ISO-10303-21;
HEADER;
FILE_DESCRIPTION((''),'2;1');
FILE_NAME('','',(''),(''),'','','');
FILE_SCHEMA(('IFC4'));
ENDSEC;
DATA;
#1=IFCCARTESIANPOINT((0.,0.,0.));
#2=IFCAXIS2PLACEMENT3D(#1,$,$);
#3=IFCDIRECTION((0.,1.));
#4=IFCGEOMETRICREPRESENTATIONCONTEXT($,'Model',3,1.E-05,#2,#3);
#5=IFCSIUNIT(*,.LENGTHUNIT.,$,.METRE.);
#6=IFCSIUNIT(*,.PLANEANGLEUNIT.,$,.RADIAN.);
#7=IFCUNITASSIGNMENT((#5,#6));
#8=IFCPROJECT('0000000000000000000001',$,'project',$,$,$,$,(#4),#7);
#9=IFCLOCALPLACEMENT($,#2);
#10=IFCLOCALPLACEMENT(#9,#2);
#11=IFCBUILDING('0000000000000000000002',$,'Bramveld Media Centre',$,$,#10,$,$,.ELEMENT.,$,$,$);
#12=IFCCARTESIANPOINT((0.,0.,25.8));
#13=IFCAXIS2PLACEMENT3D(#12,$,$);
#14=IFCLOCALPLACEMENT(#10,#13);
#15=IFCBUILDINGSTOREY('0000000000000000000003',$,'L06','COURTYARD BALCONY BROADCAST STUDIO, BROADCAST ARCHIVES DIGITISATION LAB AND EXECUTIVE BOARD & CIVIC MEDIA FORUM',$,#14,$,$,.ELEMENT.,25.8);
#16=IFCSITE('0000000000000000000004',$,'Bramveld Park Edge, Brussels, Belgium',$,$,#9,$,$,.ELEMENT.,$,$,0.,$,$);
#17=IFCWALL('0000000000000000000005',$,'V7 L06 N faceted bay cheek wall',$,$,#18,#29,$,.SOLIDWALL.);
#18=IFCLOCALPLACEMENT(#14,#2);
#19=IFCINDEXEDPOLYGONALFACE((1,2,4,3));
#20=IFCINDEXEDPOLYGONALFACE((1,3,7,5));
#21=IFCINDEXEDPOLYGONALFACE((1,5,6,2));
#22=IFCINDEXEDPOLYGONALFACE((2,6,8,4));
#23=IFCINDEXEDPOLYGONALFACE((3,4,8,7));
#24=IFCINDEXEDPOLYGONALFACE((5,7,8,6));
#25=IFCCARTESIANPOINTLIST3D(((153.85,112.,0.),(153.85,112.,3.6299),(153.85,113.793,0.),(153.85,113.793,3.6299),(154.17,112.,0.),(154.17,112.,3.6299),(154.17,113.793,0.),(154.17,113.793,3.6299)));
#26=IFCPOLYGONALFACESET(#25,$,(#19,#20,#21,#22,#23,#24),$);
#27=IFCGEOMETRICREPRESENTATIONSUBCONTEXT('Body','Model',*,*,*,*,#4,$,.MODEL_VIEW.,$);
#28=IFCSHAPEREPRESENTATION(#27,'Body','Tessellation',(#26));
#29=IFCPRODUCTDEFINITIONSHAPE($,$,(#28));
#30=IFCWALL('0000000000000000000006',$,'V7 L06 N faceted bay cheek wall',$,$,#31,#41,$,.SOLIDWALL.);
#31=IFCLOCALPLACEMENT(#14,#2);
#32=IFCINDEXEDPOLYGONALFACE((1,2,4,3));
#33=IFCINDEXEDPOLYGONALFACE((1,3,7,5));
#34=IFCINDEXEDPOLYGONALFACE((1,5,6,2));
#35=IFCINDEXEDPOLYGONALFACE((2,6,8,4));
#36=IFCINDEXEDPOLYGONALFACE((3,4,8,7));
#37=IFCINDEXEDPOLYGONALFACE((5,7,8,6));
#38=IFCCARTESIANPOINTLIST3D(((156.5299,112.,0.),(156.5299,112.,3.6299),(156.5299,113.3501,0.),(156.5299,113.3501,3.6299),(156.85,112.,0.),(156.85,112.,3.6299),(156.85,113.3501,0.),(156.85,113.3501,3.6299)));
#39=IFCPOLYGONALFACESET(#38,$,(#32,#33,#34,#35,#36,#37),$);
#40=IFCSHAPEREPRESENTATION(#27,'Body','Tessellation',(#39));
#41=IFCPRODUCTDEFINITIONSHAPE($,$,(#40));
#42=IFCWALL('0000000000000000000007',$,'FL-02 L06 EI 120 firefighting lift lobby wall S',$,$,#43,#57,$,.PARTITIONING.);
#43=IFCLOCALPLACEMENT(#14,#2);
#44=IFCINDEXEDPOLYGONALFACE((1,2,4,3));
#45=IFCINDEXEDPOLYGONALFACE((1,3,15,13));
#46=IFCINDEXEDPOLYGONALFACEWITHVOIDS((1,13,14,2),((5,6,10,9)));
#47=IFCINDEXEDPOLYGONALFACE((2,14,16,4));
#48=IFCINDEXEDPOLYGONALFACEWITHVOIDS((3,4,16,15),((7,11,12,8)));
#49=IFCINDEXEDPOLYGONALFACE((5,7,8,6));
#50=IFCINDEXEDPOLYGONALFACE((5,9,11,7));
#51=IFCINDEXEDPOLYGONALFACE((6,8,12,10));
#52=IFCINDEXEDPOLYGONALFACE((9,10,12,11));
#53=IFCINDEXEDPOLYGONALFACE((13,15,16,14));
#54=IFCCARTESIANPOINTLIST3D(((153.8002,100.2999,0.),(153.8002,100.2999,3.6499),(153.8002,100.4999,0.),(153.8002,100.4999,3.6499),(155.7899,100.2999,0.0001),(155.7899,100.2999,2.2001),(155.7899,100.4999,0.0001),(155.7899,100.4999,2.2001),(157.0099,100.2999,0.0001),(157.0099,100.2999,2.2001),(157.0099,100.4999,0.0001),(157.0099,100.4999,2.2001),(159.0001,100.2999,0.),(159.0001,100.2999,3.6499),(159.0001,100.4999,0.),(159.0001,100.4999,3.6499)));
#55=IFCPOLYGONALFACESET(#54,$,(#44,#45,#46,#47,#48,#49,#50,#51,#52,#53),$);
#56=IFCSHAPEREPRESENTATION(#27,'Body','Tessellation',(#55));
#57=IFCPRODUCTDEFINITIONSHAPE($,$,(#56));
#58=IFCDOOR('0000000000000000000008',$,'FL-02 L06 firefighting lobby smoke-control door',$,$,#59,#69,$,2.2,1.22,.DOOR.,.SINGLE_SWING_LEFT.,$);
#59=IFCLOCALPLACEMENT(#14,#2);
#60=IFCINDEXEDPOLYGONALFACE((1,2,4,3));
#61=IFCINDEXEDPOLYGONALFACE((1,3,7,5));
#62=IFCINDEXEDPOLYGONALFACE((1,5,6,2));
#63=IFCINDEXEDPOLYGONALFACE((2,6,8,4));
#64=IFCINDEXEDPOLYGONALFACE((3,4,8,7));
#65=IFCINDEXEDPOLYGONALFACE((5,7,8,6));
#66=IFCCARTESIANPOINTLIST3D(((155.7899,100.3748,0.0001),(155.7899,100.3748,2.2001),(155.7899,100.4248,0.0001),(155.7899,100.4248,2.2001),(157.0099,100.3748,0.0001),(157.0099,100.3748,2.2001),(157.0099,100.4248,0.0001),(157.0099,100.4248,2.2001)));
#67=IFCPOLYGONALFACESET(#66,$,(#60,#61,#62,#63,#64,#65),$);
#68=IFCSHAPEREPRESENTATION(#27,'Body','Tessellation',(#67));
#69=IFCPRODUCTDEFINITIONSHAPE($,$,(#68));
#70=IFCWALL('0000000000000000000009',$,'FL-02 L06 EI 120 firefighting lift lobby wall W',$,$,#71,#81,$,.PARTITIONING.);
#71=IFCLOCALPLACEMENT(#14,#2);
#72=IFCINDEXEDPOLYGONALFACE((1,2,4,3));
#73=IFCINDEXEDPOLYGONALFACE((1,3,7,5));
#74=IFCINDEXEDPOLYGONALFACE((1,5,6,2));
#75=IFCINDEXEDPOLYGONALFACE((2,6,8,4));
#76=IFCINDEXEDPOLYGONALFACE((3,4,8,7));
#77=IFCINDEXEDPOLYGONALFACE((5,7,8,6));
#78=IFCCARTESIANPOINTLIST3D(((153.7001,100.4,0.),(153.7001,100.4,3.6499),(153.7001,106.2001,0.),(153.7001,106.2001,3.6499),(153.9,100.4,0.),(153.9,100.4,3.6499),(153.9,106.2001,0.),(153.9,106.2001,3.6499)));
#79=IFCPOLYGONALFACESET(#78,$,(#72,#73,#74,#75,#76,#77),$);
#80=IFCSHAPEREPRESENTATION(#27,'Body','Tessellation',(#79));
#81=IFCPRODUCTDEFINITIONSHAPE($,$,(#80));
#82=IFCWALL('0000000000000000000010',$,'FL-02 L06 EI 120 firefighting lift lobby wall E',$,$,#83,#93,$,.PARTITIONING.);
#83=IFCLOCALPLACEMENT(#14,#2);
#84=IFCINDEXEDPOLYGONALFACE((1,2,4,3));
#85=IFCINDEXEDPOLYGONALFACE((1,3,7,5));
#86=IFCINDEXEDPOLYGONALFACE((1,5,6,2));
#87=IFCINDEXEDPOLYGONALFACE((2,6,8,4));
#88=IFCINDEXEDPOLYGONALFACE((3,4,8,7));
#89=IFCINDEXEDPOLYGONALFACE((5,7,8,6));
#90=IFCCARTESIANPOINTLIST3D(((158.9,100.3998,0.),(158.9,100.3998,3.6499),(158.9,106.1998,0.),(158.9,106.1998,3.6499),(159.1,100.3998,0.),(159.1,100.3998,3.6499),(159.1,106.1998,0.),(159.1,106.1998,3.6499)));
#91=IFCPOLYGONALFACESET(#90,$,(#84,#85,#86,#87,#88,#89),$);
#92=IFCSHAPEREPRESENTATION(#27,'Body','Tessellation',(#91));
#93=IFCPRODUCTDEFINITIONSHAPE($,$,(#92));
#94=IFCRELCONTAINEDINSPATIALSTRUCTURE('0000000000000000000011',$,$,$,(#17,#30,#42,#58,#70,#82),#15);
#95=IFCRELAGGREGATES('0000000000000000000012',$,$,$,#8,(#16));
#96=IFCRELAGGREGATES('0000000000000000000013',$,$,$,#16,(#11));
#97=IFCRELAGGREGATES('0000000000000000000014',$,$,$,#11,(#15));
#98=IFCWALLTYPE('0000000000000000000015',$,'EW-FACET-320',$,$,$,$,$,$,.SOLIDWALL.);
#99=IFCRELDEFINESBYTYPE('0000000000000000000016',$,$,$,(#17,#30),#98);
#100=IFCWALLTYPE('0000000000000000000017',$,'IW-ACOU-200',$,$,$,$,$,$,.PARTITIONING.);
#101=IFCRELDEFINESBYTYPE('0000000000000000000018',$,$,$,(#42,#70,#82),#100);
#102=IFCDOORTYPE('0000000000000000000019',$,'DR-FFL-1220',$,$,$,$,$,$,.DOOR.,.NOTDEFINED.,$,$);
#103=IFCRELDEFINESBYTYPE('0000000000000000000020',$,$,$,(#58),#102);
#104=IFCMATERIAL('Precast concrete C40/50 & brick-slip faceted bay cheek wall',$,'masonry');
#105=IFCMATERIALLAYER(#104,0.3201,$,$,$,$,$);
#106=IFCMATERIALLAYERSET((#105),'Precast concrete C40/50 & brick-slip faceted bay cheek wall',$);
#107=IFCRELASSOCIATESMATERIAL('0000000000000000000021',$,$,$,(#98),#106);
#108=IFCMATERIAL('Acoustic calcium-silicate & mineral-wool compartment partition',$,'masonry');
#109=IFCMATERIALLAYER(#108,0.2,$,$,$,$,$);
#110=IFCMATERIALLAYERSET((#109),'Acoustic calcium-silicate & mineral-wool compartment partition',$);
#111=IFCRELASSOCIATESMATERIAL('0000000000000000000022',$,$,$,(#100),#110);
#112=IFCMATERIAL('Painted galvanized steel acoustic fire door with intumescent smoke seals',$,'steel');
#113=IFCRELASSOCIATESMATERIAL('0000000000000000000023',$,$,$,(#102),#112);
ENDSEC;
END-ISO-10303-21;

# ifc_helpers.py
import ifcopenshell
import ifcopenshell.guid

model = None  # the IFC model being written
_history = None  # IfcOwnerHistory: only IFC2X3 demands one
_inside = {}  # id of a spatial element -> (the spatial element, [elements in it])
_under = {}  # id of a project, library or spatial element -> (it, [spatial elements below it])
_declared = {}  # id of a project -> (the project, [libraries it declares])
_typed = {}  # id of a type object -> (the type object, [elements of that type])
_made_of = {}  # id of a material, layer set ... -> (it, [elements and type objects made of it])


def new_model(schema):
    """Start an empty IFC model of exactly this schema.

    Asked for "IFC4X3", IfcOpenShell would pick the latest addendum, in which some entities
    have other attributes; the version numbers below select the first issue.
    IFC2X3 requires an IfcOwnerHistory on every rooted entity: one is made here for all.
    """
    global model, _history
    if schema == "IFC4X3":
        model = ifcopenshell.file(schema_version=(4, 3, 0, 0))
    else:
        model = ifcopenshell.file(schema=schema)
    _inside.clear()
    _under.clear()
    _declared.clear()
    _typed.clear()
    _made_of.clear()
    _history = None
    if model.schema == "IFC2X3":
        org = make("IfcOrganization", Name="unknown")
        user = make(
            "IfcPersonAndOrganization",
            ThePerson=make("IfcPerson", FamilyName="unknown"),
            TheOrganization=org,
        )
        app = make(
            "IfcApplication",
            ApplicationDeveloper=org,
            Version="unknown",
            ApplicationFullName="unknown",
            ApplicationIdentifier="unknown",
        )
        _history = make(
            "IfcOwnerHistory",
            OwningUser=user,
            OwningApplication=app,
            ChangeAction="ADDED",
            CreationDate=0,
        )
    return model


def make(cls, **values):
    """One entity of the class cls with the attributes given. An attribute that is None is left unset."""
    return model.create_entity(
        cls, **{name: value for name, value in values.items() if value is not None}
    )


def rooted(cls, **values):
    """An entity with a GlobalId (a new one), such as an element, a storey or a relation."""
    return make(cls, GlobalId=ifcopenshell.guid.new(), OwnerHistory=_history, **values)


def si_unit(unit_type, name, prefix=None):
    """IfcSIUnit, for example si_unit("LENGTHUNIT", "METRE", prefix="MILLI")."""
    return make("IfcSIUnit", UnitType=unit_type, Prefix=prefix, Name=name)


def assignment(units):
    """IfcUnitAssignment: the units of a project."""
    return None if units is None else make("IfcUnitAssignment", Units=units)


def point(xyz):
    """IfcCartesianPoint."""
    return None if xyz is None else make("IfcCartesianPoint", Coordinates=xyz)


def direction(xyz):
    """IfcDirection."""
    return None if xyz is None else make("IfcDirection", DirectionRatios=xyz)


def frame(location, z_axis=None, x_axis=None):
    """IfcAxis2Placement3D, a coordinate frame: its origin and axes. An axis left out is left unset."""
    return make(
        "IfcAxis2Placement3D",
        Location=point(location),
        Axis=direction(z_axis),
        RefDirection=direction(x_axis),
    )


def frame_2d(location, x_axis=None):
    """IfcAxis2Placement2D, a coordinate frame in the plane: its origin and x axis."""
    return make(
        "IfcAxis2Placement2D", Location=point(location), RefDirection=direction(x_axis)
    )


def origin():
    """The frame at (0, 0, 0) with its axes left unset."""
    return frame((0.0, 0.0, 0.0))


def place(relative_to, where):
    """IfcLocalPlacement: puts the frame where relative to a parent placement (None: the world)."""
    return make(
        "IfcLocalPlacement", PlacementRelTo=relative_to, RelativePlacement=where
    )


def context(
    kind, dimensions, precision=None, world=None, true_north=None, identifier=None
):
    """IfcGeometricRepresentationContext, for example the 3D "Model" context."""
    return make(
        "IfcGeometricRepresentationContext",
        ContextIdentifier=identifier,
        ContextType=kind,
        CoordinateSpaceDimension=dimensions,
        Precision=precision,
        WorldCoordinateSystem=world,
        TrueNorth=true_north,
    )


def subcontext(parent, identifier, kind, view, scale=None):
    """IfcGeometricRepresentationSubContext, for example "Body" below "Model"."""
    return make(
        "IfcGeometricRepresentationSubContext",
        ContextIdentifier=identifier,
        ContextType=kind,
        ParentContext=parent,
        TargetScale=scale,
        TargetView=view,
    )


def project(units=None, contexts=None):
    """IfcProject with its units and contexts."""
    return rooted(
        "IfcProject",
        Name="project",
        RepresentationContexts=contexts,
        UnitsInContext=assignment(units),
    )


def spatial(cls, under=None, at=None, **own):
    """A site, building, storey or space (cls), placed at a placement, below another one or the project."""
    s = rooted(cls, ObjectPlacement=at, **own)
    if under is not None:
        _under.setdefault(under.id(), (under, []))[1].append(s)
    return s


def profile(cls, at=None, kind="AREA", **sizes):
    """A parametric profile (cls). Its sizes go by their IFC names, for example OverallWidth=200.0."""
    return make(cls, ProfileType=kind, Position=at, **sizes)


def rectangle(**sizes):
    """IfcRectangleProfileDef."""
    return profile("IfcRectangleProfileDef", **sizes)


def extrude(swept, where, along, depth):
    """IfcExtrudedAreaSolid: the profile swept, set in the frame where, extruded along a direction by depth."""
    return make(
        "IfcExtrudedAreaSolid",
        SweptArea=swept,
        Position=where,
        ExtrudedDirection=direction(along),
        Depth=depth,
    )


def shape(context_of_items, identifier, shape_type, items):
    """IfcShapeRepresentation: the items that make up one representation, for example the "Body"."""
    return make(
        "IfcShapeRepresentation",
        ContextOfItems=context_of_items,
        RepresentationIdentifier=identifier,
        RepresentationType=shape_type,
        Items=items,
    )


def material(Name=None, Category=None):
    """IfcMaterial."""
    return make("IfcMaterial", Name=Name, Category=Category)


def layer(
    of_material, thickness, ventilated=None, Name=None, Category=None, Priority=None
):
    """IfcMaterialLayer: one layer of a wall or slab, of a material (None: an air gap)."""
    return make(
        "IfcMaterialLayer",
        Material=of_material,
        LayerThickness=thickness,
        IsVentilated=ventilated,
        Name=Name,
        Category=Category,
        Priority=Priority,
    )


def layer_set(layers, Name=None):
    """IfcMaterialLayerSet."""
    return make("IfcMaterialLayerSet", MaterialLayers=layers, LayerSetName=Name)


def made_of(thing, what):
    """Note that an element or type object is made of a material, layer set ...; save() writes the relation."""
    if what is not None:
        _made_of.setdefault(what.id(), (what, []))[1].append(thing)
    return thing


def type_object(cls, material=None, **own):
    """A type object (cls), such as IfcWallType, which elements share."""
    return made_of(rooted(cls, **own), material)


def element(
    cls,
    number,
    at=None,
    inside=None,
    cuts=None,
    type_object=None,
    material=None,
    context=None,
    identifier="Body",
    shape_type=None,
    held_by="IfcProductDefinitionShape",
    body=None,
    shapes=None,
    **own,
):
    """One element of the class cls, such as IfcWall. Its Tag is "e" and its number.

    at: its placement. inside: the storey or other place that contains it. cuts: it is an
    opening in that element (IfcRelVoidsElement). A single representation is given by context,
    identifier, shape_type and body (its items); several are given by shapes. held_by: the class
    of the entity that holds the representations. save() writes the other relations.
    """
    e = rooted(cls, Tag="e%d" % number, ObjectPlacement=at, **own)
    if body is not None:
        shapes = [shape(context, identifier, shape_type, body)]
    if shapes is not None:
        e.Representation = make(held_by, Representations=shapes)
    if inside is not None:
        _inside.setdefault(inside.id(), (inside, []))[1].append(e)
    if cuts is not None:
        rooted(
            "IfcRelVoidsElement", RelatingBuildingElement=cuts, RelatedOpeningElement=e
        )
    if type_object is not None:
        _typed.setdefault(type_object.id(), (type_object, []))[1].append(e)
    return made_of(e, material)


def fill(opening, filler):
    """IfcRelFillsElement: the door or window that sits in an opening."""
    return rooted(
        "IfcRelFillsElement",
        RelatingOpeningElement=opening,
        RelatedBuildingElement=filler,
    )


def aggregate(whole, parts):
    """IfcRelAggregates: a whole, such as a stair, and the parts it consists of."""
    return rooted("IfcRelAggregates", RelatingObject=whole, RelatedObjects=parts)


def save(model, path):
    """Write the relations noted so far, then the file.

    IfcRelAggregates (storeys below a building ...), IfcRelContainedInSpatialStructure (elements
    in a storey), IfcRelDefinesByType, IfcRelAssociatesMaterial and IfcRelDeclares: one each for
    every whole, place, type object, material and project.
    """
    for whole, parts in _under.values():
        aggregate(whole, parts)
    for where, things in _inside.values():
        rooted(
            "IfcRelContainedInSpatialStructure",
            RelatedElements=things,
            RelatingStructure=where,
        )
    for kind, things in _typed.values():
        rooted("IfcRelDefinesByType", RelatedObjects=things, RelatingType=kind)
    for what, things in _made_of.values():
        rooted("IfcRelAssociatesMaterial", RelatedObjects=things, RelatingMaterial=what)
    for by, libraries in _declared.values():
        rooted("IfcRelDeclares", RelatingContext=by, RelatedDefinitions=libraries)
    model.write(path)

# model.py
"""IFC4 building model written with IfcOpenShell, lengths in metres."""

from ifc_helpers import new_model, si_unit, direction, frame, frame_2d, origin, place, context, subcontext, project, spatial, rectangle, extrude, material, layer, layer_set, type_object, element, fill, save


model = new_model("IFC4")

# Units and contexts
model_context = context("Model", 3, precision=1e-05, world=origin(), true_north=direction((0.0, 1.0)))
body_context = subcontext(model_context, "Body", "Model", "MODEL_VIEW")
ifc_project = project(units=[si_unit("LENGTHUNIT", "METRE"), si_unit("PLANEANGLEUNIT", "RADIAN")], contexts=[model_context])

# Site, building, storey
site_placement = place(None, origin())
site = spatial("IfcSite", under=ifc_project, at=site_placement, Name="Bramveld Park Edge, Brussels, Belgium", CompositionType="ELEMENT", RefElevation=0.0)
building_placement = place(site_placement, origin())
building = spatial("IfcBuilding", under=site, at=building_placement, Name="Bramveld Media Centre", CompositionType="ELEMENT")
storey_placement = place(building_placement, frame((0.0, 0.0, 25.8)))
storey = spatial("IfcBuildingStorey", under=building, at=storey_placement, Name="L06", Description="COURTYARD BALCONY BROADCAST STUDIO, BROADCAST ARCHIVES DIGITISATION LAB AND EXECUTIVE BOARD & CIVIC MEDIA FORUM", CompositionType="ELEMENT", Elevation=25.8)

# Shared definitions
ifc_material_1 = material(Name="Precast concrete C40/50 & brick-slip faceted bay cheek wall", Category="masonry")
ifc_layer_1 = layer(ifc_material_1, 0.3201)
ifc_layer_set_1 = layer_set([ifc_layer_1], Name="Precast concrete C40/50 & brick-slip faceted bay cheek wall")
wall_type_1 = type_object("IfcWallType", Name="EW-FACET-320", PredefinedType="SOLIDWALL", material=ifc_layer_set_1)

# Walls
wall_1_placement = place(storey_placement, frame((154.01, 112.0, 0.0), z_axis=(0.0, 0.0, 1.0), x_axis=(0.0, 1.0, 0.0)))
element("IfcWall", 1, at=wall_1_placement, inside=storey, type_object=wall_type_1, Name="V7 L06 N faceted bay cheek wall", PredefinedType="SOLIDWALL", context=body_context, shape_type="SweptSolid", body=[
    extrude(rectangle(XDim=1.793, YDim=0.3201, at=frame_2d((0.8965, 0.0))), origin(), (0.0, 0.0, 1.0), 3.6299),
])
wall_2_placement = place(storey_placement, frame((156.6899, 112.0, 0.0), z_axis=(0.0, 0.0, 1.0), x_axis=(0.0, 1.0, 0.0)))
element("IfcWall", 2, at=wall_2_placement, inside=storey, type_object=wall_type_1, Name="V7 L06 N faceted bay cheek wall", PredefinedType="SOLIDWALL", context=body_context, shape_type="SweptSolid", body=[
    extrude(rectangle(XDim=1.3501, YDim=0.3201, at=frame_2d((0.675, 0.0))), origin(), (0.0, 0.0, 1.0), 3.6299),
])

# Wall, opening, door
ifc_material_2 = material(Name="Acoustic calcium-silicate & mineral-wool compartment partition", Category="masonry")
ifc_layer_2 = layer(ifc_material_2, 0.2)
ifc_layer_set_2 = layer_set([ifc_layer_2], Name="Acoustic calcium-silicate & mineral-wool compartment partition")
wall_type_2 = type_object("IfcWallType", Name="IW-ACOU-200", PredefinedType="PARTITIONING", material=ifc_layer_set_2)
wall_3_placement = place(storey_placement, frame((153.8, 100.3999, 0.0), z_axis=(0.0, 0.0, 1.0), x_axis=(1.0, 0.0, 0.0)))
wall_3 = element("IfcWall", 3, at=wall_3_placement, inside=storey, type_object=wall_type_2, Name="FL-02 L06 EI 120 firefighting lift lobby wall S", PredefinedType="PARTITIONING", context=body_context, shape_type="SweptSolid", body=[
    extrude(rectangle(XDim=5.2, YDim=0.2, at=frame_2d((2.6001, 0.0))), origin(), (0.0, 0.0, 1.0), 3.6499),
])
opening_1_placement = place(wall_3_placement, frame((1.99, 0.0, 0.0)))
opening_1 = element("IfcOpeningElement", 4, at=opening_1_placement, cuts=wall_3, PredefinedType="OPENING", context=body_context, shape_type="SweptSolid", body=[
    extrude(rectangle(XDim=1.22, YDim=2.2, at=frame_2d((0.6099, 1.1001))), frame((0.0, 0.1118, 0.0), z_axis=(0.0, -1.0, 0.0), x_axis=(1.0, 0.0, 0.0)), (0.0, 0.0, 1.0), 0.2239),
])
ifc_material_3 = material(Name="Painted galvanized steel acoustic fire door with intumescent smoke seals", Category="steel")
door_type_1 = type_object("IfcDoorType", Name="DR-FFL-1220", OperationType="NOTDEFINED", PredefinedType="DOOR", material=ifc_material_3)
door_1_placement = place(opening_1_placement, origin())
door_1 = element("IfcDoor", 5, at=door_1_placement, inside=storey, type_object=door_type_1, Name="FL-02 L06 firefighting lobby smoke-control door", OperationType="SINGLE_SWING_LEFT", OverallHeight=2.2, OverallWidth=1.22, PredefinedType="DOOR", context=body_context, shape_type="SweptSolid", body=[
    extrude(rectangle(XDim=1.22, YDim=2.2, at=frame_2d((0.6099, 1.1001))), frame((0.0, 0.0249, 0.0), z_axis=(0.0, -1.0, 0.0), x_axis=(1.0, 0.0, 0.0)), (0.0, 0.0, 1.0), 0.05),
])
fill(opening_1, door_1)

# Walls
for number, where, z_axis, x_axis, name in (
    (6, (153.8, 106.2, 0.0), (0.0, 0.0, 1.0), (0.0, -1.0, 0.0), "FL-02 L06 EI 120 firefighting lift lobby wall W"),
    (7, (159.0, 100.3999, 0.0), (0.0, 0.0, 1.0), (0.0, 1.0, 0.0), "FL-02 L06 EI 120 firefighting lift lobby wall E"),
):
    element("IfcWall", number, at=place(storey_placement, frame(where, z_axis=z_axis, x_axis=x_axis)), inside=storey, type_object=wall_type_2, Name=name, PredefinedType="PARTITIONING", context=body_context, shape_type="SweptSolid", body=[
        extrude(rectangle(XDim=5.8, YDim=0.2, at=frame_2d((2.8999, 0.0))), origin(), (0.0, 0.0, 1.0), 3.6499),
    ])

save(model, "model.ifc")
